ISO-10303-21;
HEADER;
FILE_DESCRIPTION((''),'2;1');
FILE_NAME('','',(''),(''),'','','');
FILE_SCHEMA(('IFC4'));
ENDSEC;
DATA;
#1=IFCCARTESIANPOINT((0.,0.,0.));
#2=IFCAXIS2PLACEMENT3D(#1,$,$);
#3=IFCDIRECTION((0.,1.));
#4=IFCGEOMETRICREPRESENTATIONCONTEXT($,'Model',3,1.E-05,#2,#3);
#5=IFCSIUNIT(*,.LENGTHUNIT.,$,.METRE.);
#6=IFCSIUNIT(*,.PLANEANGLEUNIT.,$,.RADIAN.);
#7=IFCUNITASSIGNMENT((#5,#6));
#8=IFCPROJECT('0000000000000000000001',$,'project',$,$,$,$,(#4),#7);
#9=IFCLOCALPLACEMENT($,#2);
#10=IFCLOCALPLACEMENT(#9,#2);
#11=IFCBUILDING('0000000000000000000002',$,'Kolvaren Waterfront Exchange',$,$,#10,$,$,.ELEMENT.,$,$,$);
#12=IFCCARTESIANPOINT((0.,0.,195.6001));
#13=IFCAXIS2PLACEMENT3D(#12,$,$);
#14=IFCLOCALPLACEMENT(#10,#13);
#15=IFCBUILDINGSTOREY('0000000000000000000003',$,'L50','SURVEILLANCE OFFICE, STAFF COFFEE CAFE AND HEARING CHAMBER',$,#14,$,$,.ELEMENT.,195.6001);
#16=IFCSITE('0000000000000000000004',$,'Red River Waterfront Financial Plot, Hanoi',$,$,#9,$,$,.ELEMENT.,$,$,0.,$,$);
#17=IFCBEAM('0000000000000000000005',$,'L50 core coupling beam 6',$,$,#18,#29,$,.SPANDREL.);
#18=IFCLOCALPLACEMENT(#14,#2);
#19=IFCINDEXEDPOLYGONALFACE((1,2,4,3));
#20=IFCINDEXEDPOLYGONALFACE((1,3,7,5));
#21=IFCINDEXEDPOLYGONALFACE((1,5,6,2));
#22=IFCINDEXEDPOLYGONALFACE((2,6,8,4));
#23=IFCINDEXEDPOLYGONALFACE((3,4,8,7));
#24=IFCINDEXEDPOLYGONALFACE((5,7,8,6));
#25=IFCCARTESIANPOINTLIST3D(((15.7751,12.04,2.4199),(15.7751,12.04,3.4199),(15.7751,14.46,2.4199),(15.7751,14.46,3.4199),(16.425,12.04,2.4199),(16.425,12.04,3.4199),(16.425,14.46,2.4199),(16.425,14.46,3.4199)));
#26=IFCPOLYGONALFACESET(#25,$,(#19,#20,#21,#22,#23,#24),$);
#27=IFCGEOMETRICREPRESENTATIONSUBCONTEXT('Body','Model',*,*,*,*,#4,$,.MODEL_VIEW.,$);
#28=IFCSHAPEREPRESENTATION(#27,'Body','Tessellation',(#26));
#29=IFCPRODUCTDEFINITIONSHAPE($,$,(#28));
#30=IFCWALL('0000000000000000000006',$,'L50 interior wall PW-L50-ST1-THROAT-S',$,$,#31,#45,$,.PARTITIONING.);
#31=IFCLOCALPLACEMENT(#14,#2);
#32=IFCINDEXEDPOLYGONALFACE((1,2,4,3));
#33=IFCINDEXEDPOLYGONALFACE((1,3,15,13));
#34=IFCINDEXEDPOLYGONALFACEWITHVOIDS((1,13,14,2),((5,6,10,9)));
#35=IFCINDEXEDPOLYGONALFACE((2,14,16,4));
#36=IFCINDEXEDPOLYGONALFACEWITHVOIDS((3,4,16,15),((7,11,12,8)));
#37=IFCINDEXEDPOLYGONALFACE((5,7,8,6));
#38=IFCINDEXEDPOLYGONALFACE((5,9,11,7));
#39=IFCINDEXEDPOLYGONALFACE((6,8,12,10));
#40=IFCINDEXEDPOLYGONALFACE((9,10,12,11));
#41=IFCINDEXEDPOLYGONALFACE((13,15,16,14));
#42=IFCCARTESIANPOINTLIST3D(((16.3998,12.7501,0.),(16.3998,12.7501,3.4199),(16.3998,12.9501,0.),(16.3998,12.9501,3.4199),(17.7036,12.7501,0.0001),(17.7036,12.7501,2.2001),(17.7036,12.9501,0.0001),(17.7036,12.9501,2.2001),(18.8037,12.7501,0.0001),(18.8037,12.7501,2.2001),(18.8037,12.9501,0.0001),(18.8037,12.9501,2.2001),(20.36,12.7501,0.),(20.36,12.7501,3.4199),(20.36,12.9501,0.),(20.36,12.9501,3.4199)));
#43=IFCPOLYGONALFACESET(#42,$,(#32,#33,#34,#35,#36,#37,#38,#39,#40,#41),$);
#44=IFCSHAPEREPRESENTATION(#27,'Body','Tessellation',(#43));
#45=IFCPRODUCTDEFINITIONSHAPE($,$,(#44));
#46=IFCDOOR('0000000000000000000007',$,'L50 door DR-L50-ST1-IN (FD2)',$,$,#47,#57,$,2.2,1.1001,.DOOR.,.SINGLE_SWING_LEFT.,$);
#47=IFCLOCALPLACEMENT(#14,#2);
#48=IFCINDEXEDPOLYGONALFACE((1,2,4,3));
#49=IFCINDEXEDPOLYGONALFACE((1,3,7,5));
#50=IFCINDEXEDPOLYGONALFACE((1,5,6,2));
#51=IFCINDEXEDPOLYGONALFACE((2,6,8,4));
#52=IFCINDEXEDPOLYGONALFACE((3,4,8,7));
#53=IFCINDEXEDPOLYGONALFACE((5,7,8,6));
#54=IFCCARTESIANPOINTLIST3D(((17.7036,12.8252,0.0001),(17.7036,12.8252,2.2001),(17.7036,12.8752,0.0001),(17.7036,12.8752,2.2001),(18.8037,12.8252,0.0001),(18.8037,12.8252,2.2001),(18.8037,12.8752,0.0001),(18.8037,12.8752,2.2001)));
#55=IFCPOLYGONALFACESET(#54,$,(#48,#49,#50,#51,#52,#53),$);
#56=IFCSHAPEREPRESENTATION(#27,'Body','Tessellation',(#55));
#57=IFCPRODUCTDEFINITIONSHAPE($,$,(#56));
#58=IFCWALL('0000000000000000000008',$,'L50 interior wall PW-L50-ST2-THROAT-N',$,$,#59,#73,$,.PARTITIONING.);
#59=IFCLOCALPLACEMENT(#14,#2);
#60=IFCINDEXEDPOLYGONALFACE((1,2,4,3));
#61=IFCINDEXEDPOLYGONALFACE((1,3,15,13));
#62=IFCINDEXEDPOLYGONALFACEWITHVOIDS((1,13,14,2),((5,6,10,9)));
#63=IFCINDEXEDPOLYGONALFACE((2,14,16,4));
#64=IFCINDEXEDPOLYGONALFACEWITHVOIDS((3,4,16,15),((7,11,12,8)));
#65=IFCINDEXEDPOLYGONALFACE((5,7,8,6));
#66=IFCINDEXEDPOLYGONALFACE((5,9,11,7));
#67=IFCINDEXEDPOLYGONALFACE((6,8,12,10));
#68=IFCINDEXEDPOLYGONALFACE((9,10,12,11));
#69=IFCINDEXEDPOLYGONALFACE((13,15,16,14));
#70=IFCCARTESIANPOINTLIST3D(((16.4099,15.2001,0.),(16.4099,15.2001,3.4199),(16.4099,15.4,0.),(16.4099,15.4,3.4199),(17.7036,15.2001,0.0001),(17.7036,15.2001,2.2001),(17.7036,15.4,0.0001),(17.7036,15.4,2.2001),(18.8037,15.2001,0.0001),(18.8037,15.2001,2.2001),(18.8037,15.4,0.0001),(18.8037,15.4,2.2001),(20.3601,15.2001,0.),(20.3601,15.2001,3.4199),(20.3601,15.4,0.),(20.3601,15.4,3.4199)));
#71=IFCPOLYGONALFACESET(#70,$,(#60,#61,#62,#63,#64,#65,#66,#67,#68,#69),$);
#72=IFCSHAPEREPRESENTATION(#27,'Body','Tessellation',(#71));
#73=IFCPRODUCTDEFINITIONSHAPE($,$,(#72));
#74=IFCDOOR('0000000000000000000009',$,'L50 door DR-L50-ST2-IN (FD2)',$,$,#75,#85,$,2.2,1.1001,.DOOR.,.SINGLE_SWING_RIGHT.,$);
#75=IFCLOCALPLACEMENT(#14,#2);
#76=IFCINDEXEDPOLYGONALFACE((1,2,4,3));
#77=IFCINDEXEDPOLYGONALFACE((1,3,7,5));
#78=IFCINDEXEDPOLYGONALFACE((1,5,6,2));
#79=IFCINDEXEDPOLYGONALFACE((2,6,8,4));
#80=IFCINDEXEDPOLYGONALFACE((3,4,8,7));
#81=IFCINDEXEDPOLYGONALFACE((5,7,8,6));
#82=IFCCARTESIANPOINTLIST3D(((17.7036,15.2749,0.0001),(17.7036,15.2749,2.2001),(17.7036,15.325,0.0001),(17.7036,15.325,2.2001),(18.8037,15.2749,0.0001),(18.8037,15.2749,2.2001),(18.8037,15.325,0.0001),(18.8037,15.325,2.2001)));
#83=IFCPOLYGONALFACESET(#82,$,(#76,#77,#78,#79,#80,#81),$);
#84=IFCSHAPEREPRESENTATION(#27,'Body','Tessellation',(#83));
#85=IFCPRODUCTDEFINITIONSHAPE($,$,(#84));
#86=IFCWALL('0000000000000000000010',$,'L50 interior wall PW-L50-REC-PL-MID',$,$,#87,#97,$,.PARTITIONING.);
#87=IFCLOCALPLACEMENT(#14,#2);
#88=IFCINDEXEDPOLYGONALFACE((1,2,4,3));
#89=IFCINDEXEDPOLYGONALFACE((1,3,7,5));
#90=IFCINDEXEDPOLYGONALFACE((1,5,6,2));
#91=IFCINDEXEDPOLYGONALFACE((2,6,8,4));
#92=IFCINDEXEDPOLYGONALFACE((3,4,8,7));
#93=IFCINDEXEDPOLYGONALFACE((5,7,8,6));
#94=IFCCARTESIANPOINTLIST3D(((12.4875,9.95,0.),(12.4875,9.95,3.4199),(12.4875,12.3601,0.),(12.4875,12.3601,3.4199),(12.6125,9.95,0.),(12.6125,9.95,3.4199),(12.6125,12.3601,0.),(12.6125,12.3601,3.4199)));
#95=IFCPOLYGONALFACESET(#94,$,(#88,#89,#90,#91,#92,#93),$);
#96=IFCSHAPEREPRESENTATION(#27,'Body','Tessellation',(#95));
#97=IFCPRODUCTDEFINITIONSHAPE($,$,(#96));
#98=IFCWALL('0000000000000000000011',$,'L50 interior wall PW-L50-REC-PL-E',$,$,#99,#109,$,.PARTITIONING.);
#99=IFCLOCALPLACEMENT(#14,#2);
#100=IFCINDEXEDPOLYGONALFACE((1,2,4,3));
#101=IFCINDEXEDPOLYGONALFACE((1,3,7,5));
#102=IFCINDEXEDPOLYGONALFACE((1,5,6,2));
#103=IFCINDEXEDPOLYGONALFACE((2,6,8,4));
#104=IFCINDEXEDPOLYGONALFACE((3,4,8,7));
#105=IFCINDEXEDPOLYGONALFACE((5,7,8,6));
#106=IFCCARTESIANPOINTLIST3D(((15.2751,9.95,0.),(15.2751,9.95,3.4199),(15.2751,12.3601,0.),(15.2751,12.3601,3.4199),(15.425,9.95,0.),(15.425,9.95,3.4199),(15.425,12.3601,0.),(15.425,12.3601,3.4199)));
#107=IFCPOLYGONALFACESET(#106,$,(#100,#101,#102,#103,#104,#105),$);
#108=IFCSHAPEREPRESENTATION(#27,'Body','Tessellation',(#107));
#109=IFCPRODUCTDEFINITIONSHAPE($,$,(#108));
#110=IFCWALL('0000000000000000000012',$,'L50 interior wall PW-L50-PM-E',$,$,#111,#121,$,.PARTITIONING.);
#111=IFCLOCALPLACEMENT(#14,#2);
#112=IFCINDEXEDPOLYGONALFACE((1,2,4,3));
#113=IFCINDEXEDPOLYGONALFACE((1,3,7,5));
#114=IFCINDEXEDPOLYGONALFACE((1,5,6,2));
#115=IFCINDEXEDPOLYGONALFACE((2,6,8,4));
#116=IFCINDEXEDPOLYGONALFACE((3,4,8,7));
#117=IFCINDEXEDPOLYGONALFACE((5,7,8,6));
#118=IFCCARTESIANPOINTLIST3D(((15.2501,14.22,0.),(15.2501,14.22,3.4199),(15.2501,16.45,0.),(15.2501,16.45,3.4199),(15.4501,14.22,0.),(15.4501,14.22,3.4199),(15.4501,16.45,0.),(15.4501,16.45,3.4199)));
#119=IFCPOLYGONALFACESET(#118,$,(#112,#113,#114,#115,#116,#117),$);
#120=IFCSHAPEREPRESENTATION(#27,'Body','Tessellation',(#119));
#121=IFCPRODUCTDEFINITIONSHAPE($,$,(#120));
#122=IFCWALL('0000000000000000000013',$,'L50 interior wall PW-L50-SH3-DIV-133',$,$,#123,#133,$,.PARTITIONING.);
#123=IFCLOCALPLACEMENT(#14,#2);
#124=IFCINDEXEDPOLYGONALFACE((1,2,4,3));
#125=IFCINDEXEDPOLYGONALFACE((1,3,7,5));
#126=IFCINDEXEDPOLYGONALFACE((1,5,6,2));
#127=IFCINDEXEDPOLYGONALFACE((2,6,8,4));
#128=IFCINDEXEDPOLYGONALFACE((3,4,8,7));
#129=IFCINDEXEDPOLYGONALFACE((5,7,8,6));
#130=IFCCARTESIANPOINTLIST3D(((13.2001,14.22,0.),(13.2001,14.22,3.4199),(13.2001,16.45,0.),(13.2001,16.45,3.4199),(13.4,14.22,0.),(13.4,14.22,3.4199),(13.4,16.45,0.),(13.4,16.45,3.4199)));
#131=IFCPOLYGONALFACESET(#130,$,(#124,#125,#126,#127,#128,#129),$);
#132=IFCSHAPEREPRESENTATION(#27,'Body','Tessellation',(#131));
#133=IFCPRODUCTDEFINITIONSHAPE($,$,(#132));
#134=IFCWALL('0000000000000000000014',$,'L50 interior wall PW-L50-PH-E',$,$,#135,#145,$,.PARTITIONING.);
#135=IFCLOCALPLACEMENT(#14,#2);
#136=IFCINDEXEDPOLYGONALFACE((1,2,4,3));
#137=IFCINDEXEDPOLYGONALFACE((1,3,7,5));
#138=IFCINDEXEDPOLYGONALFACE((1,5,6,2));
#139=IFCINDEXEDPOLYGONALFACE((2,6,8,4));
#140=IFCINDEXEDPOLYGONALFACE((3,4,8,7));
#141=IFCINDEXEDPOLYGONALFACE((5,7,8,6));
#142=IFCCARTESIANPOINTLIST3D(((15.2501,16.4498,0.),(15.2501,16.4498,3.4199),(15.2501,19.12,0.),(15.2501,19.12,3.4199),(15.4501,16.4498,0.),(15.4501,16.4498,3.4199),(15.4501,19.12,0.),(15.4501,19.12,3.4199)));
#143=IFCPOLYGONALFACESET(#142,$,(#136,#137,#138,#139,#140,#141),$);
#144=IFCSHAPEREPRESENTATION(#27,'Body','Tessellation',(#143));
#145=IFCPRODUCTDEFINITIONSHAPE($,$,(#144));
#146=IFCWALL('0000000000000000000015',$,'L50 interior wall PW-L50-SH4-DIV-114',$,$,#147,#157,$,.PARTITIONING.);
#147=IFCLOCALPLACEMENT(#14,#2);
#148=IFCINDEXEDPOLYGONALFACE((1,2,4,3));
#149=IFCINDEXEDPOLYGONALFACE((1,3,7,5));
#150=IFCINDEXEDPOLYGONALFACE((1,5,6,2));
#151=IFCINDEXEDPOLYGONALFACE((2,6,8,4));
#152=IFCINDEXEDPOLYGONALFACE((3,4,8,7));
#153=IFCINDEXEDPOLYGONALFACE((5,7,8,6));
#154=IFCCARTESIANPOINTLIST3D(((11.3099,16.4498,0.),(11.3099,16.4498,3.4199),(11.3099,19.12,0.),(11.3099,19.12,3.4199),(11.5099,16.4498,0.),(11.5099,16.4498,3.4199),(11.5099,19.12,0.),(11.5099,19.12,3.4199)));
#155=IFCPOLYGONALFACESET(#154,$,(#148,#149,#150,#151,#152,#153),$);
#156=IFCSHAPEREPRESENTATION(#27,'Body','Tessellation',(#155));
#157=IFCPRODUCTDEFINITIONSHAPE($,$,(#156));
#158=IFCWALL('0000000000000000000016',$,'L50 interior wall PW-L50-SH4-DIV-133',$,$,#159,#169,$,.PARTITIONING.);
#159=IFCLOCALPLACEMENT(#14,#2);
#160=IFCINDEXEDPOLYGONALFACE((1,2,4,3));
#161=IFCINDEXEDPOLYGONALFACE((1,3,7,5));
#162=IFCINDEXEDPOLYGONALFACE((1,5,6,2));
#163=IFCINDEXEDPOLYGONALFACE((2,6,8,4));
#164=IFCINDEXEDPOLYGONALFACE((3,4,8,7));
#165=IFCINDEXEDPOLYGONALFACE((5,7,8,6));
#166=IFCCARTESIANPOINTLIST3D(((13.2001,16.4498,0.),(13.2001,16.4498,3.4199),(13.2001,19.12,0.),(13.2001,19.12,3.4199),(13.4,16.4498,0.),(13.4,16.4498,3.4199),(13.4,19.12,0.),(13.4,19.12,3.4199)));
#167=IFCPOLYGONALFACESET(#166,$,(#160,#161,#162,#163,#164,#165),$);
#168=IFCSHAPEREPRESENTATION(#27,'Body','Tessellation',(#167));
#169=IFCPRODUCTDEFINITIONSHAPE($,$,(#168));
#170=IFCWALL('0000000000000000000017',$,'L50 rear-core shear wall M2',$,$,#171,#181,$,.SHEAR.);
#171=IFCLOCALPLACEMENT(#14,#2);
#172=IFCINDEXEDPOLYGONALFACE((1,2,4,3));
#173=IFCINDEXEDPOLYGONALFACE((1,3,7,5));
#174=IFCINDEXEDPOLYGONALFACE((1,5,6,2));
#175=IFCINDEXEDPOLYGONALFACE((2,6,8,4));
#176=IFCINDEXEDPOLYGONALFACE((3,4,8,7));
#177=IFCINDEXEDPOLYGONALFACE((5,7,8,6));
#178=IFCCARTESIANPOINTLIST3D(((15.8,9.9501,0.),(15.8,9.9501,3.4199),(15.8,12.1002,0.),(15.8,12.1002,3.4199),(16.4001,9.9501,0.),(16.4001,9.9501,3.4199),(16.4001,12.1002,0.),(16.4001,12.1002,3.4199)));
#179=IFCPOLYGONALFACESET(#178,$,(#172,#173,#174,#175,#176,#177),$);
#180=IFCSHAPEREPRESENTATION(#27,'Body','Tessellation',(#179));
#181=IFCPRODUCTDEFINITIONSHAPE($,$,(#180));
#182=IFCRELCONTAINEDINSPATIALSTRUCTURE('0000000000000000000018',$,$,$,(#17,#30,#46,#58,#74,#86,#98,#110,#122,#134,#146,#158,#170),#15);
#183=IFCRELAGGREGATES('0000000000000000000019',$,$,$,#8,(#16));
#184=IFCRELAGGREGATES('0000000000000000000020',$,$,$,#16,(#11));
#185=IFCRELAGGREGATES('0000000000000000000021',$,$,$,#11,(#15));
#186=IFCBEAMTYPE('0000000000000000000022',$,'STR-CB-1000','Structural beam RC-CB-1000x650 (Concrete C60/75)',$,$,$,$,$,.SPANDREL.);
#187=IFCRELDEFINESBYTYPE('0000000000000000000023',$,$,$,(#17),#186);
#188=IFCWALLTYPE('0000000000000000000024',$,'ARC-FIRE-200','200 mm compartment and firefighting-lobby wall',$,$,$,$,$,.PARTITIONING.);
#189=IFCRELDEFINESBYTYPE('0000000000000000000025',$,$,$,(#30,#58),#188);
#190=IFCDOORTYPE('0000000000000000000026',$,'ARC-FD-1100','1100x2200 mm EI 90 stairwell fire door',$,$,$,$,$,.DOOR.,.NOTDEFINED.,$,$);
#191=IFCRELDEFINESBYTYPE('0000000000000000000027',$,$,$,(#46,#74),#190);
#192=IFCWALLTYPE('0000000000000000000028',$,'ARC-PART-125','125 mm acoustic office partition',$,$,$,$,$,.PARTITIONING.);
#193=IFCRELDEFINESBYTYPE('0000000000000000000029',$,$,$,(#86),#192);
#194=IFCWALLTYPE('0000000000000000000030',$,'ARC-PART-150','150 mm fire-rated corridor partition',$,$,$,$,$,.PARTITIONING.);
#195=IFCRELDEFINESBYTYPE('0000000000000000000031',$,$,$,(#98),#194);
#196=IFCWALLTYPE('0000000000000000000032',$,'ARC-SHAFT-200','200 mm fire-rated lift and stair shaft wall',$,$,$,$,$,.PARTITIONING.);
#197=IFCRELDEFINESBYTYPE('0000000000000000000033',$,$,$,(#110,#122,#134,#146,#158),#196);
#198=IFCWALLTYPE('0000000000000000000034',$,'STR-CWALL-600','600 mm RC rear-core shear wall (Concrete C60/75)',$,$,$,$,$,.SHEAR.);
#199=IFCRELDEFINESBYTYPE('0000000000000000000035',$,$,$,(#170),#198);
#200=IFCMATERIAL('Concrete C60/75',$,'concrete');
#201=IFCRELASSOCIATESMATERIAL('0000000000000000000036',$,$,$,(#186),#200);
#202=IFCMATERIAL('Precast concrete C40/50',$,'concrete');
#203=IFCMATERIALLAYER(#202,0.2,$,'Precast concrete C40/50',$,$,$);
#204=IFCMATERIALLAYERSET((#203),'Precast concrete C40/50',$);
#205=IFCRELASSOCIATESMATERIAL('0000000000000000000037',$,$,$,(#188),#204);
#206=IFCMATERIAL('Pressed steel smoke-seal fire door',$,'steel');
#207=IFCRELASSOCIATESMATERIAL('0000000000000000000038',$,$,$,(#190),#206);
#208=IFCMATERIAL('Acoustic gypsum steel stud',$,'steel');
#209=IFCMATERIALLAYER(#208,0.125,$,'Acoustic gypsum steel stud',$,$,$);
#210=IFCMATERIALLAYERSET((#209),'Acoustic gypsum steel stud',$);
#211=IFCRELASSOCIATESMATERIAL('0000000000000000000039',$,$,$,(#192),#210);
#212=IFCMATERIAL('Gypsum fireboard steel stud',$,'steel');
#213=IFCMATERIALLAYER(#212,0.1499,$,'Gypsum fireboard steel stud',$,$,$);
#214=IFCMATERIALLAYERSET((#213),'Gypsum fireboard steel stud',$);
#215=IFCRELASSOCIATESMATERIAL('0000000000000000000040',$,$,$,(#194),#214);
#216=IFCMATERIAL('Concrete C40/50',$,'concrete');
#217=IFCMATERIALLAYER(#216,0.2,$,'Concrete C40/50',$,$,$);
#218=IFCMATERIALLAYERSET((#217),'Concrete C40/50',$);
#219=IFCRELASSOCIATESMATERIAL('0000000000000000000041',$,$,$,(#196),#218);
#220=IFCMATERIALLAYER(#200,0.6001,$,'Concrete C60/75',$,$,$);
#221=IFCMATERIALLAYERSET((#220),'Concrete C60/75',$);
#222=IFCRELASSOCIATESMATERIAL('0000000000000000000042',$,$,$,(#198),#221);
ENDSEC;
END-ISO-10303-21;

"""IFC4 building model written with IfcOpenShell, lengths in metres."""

from ifc_helpers import new_model, si_unit, direction, frame, frame_2d, origin, origin_2d, place, context, subcontext, project, spatial, rectangle, extrude, material, layer, layer_set, material_profile, profile_set, type_object, element, fill, save


model = new_model("IFC4")

# Units and contexts
model_context = context("Model", 3, precision=1e-05, world=origin(), true_north=direction((0.0, 1.0)))
body_context = subcontext(model_context, "Body", "Model", "MODEL_VIEW")
ifc_project = project(units=[si_unit("LENGTHUNIT", "METRE"), si_unit("PLANEANGLEUNIT", "RADIAN")], contexts=[model_context])

# Site, building, storey
site_placement = place(None, origin())
site = spatial("IfcSite", under=ifc_project, at=site_placement, Name="Red River Waterfront Financial Plot, Hanoi", CompositionType="ELEMENT", RefElevation=0.0)
building_placement = place(site_placement, origin())
building = spatial("IfcBuilding", under=site, at=building_placement, Name="Kolvaren Waterfront Exchange", CompositionType="ELEMENT")
storey_placement = place(building_placement, frame((0.0, 0.0, 195.6001)))
storey = spatial("IfcBuildingStorey", under=building, at=storey_placement, Name="L50", Description="SURVEILLANCE OFFICE, STAFF COFFEE CAFE AND HEARING CHAMBER", CompositionType="ELEMENT", Elevation=195.6001)

# Beam
ifc_material_1 = material(Name="Concrete C60/75", Category="concrete")
ifc_material_profile = material_profile(ifc_material_1, rectangle(XDim=0.6499, YDim=1.0, at=origin_2d()), Name="RC-CB-1000x650")
ifc_profile_set = profile_set([ifc_material_profile], Name="Concrete C60/75")
beam_type = type_object("IfcBeamType", Name="STR-CB-1000", Description="Structural beam RC-CB-1000x650 (Concrete C60/75)", PredefinedType="SPANDREL", material=ifc_profile_set)
beam_placement = place(storey_placement, frame((16.1001, 12.04, 2.9199), z_axis=(0.0, 1.0, 0.0), x_axis=(-1.0, 0.0, 0.0)))
element("IfcBeam", 1, at=beam_placement, inside=storey, type_object=beam_type, Name="L50 core coupling beam 6", PredefinedType="SPANDREL", context=body_context, shape_type="SweptSolid", body=[
    extrude(rectangle(XDim=0.6499, YDim=1.0, at=origin_2d()), origin(), (0.0, 0.0, 1.0), 2.4199),
])

# Walls, openings, doors
ifc_material_2 = material(Name="Precast concrete C40/50", Category="concrete")
ifc_layer_1 = layer(ifc_material_2, 0.2, Name="Precast concrete C40/50")
ifc_layer_set_1 = layer_set([ifc_layer_1], Name="Precast concrete C40/50")
wall_type_1 = type_object("IfcWallType", Name="ARC-FIRE-200", Description="200 mm compartment and firefighting-lobby wall", PredefinedType="PARTITIONING", material=ifc_layer_set_1)
wall_1_placement = place(storey_placement, frame((16.3999, 12.8501, 0.0), z_axis=(0.0, 0.0, 1.0), x_axis=(1.0, 0.0, 0.0)))
wall_1 = element("IfcWall", 2, at=wall_1_placement, inside=storey, type_object=wall_type_1, Name="L50 interior wall PW-L50-ST1-THROAT-S", PredefinedType="PARTITIONING", context=body_context, shape_type="SweptSolid", body=[
    extrude(rectangle(XDim=3.9602, YDim=0.2, at=frame_2d((1.98, 0.0))), origin(), (0.0, 0.0, 1.0), 3.4199),
])
opening_1_placement = place(wall_1_placement, frame((1.3037, 0.0, 0.0)))
opening_1 = element("IfcOpeningElement", 3, at=opening_1_placement, cuts=wall_1, PredefinedType="OPENING", context=body_context, shape_type="SweptSolid", body=[
    extrude(rectangle(XDim=1.1001, YDim=2.2, at=frame_2d((0.55, 1.1001))), frame((0.0, 0.1099, 0.0), z_axis=(0.0, -1.0, 0.0), x_axis=(1.0, 0.0, 0.0)), (0.0, 0.0, 1.0), 0.22),
])
ifc_material_3 = material(Name="Pressed steel smoke-seal fire door", Category="steel")
door_type = type_object("IfcDoorType", Name="ARC-FD-1100", Description="1100x2200 mm EI 90 stairwell fire door", OperationType="NOTDEFINED", PredefinedType="DOOR", material=ifc_material_3)
door_1_placement = place(opening_1_placement, frame((1.1001, 0.0, 0.0), z_axis=(0.0, 0.0, 1.0), x_axis=(-1.0, 0.0, 0.0)))
door_1 = element("IfcDoor", 4, at=door_1_placement, inside=storey, type_object=door_type, Name="L50 door DR-L50-ST1-IN (FD2)", OperationType="SINGLE_SWING_LEFT", OverallHeight=2.2, OverallWidth=1.1001, PredefinedType="DOOR", context=body_context, shape_type="SweptSolid", body=[
    extrude(rectangle(XDim=1.1001, YDim=2.2, at=frame_2d((0.55, 1.1001))), frame((0.0, 0.0249, 0.0), z_axis=(0.0, -1.0, 0.0), x_axis=(1.0, 0.0, 0.0)), (0.0, 0.0, 1.0), 0.05),
])
fill(opening_1, door_1)
wall_2_placement = place(storey_placement, frame((16.4099, 15.3, 0.0), z_axis=(0.0, 0.0, 1.0), x_axis=(1.0, 0.0, 0.0)))
wall_2 = element("IfcWall", 5, at=wall_2_placement, inside=storey, type_object=wall_type_1, Name="L50 interior wall PW-L50-ST2-THROAT-N", PredefinedType="PARTITIONING", context=body_context, shape_type="SweptSolid", body=[
    extrude(rectangle(XDim=3.9502, YDim=0.2, at=frame_2d((1.9751, 0.0))), origin(), (0.0, 0.0, 1.0), 3.4199),
])
opening_2_placement = place(wall_2_placement, frame((1.2937, 0.0, 0.0)))
opening_2 = element("IfcOpeningElement", 6, at=opening_2_placement, cuts=wall_2, PredefinedType="OPENING", context=body_context, shape_type="SweptSolid", body=[
    extrude(rectangle(XDim=1.1001, YDim=2.2, at=frame_2d((0.55, 1.1001))), frame((0.0, 0.1099, 0.0), z_axis=(0.0, -1.0, 0.0), x_axis=(1.0, 0.0, 0.0)), (0.0, 0.0, 1.0), 0.22),
])
door_2_placement = place(opening_2_placement, origin())
door_2 = element("IfcDoor", 7, at=door_2_placement, inside=storey, type_object=door_type, Name="L50 door DR-L50-ST2-IN (FD2)", OperationType="SINGLE_SWING_RIGHT", OverallHeight=2.2, OverallWidth=1.1001, PredefinedType="DOOR", context=body_context, shape_type="SweptSolid", body=[
    extrude(rectangle(XDim=1.1001, YDim=2.2, at=frame_2d((0.55, 1.1001))), frame((0.0, 0.0249, 0.0), z_axis=(0.0, -1.0, 0.0), x_axis=(1.0, 0.0, 0.0)), (0.0, 0.0, 1.0), 0.05),
])
fill(opening_2, door_2)

# Walls
ifc_material_4 = material(Name="Acoustic gypsum steel stud", Category="steel")
ifc_layer_2 = layer(ifc_material_4, 0.125, Name="Acoustic gypsum steel stud")
ifc_layer_set_2 = layer_set([ifc_layer_2], Name="Acoustic gypsum steel stud")
wall_type_2 = type_object("IfcWallType", Name="ARC-PART-125", Description="125 mm acoustic office partition", PredefinedType="PARTITIONING", material=ifc_layer_set_2)
wall_3_placement = place(storey_placement, frame((12.55, 9.95, 0.0), z_axis=(0.0, 0.0, 1.0), x_axis=(0.0, 1.0, 0.0)))
element("IfcWall", 8, at=wall_3_placement, inside=storey, type_object=wall_type_2, Name="L50 interior wall PW-L50-REC-PL-MID", PredefinedType="PARTITIONING", context=body_context, shape_type="SweptSolid", body=[
    extrude(rectangle(XDim=2.4102, YDim=0.125, at=frame_2d((1.2051, 0.0))), origin(), (0.0, 0.0, 1.0), 3.4199),
])
ifc_material_5 = material(Name="Gypsum fireboard steel stud", Category="steel")
ifc_layer_3 = layer(ifc_material_5, 0.1499, Name="Gypsum fireboard steel stud")
ifc_layer_set_3 = layer_set([ifc_layer_3], Name="Gypsum fireboard steel stud")
wall_type_3 = type_object("IfcWallType", Name="ARC-PART-150", Description="150 mm fire-rated corridor partition", PredefinedType="PARTITIONING", material=ifc_layer_set_3)
wall_4_placement = place(storey_placement, frame((15.3501, 9.95, 0.0), z_axis=(0.0, 0.0, 1.0), x_axis=(0.0, 1.0, 0.0)))
element("IfcWall", 9, at=wall_4_placement, inside=storey, type_object=wall_type_3, Name="L50 interior wall PW-L50-REC-PL-E", PredefinedType="PARTITIONING", context=body_context, shape_type="SweptSolid", body=[
    extrude(rectangle(XDim=2.4102, YDim=0.1499, at=frame_2d((1.2051, 0.0))), origin(), (0.0, 0.0, 1.0), 3.4199),
])
ifc_material_6 = material(Name="Concrete C40/50", Category="concrete")
ifc_layer_4 = layer(ifc_material_6, 0.2, Name="Concrete C40/50")
ifc_layer_set_4 = layer_set([ifc_layer_4], Name="Concrete C40/50")
wall_type_4 = type_object("IfcWallType", Name="ARC-SHAFT-200", Description="200 mm fire-rated lift and stair shaft wall", PredefinedType="PARTITIONING", material=ifc_layer_set_4)
for number, where, z_axis, x_axis, name in (
    (10, (15.3501, 14.22, 0.0), (0.0, 0.0, 1.0), (0.0, 1.0, 0.0), "L50 interior wall PW-L50-PM-E"),
    (11, (13.3, 14.22, 0.0), (0.0, 0.0, 1.0), (0.0, 1.0, 0.0), "L50 interior wall PW-L50-SH3-DIV-133"),
):
    element("IfcWall", number, at=place(storey_placement, frame(where, z_axis=z_axis, x_axis=x_axis)), inside=storey, type_object=wall_type_4, Name=name, PredefinedType="PARTITIONING", context=body_context, shape_type="SweptSolid", body=[
        extrude(rectangle(XDim=2.23, YDim=0.2, at=frame_2d((1.115, 0.0))), origin(), (0.0, 0.0, 1.0), 3.4199),
    ])
for number, where, z_axis, x_axis, name in (
    (12, (15.3501, 16.45, 0.0), (0.0, 0.0, 1.0), (0.0, 1.0, 0.0), "L50 interior wall PW-L50-PH-E"),
    (13, (11.4099, 16.45, 0.0), (0.0, 0.0, 1.0), (0.0, 1.0, 0.0), "L50 interior wall PW-L50-SH4-DIV-114"),
    (14, (13.3, 16.45, 0.0), (0.0, 0.0, 1.0), (0.0, 1.0, 0.0), "L50 interior wall PW-L50-SH4-DIV-133"),
):
    element("IfcWall", number, at=place(storey_placement, frame(where, z_axis=z_axis, x_axis=x_axis)), inside=storey, type_object=wall_type_4, Name=name, PredefinedType="PARTITIONING", context=body_context, shape_type="SweptSolid", body=[
        extrude(rectangle(XDim=2.6702, YDim=0.2, at=frame_2d((1.335, 0.0))), origin(), (0.0, 0.0, 1.0), 3.4199),
    ])
ifc_layer_5 = layer(ifc_material_1, 0.6001, Name="Concrete C60/75")
ifc_layer_set_5 = layer_set([ifc_layer_5], Name="Concrete C60/75")
wall_type_5 = type_object("IfcWallType", Name="STR-CWALL-600", Description="600 mm RC rear-core shear wall (Concrete C60/75)", PredefinedType="SHEAR", material=ifc_layer_set_5)
wall_5_placement = place(storey_placement, frame((16.1001, 9.95, 0.0), z_axis=(0.0, 0.0, 1.0), x_axis=(0.0, 1.0, 0.0)))
element("IfcWall", 15, at=wall_5_placement, inside=storey, type_object=wall_type_5, Name="L50 rear-core shear wall M2", PredefinedType="SHEAR", context=body_context, shape_type="SweptSolid", body=[
    extrude(rectangle(XDim=2.1501, YDim=0.6001, at=frame_2d((1.0752, 0.0))), origin(), (0.0, 0.0, 1.0), 3.4199),
])

save(model, "model.ifc")
